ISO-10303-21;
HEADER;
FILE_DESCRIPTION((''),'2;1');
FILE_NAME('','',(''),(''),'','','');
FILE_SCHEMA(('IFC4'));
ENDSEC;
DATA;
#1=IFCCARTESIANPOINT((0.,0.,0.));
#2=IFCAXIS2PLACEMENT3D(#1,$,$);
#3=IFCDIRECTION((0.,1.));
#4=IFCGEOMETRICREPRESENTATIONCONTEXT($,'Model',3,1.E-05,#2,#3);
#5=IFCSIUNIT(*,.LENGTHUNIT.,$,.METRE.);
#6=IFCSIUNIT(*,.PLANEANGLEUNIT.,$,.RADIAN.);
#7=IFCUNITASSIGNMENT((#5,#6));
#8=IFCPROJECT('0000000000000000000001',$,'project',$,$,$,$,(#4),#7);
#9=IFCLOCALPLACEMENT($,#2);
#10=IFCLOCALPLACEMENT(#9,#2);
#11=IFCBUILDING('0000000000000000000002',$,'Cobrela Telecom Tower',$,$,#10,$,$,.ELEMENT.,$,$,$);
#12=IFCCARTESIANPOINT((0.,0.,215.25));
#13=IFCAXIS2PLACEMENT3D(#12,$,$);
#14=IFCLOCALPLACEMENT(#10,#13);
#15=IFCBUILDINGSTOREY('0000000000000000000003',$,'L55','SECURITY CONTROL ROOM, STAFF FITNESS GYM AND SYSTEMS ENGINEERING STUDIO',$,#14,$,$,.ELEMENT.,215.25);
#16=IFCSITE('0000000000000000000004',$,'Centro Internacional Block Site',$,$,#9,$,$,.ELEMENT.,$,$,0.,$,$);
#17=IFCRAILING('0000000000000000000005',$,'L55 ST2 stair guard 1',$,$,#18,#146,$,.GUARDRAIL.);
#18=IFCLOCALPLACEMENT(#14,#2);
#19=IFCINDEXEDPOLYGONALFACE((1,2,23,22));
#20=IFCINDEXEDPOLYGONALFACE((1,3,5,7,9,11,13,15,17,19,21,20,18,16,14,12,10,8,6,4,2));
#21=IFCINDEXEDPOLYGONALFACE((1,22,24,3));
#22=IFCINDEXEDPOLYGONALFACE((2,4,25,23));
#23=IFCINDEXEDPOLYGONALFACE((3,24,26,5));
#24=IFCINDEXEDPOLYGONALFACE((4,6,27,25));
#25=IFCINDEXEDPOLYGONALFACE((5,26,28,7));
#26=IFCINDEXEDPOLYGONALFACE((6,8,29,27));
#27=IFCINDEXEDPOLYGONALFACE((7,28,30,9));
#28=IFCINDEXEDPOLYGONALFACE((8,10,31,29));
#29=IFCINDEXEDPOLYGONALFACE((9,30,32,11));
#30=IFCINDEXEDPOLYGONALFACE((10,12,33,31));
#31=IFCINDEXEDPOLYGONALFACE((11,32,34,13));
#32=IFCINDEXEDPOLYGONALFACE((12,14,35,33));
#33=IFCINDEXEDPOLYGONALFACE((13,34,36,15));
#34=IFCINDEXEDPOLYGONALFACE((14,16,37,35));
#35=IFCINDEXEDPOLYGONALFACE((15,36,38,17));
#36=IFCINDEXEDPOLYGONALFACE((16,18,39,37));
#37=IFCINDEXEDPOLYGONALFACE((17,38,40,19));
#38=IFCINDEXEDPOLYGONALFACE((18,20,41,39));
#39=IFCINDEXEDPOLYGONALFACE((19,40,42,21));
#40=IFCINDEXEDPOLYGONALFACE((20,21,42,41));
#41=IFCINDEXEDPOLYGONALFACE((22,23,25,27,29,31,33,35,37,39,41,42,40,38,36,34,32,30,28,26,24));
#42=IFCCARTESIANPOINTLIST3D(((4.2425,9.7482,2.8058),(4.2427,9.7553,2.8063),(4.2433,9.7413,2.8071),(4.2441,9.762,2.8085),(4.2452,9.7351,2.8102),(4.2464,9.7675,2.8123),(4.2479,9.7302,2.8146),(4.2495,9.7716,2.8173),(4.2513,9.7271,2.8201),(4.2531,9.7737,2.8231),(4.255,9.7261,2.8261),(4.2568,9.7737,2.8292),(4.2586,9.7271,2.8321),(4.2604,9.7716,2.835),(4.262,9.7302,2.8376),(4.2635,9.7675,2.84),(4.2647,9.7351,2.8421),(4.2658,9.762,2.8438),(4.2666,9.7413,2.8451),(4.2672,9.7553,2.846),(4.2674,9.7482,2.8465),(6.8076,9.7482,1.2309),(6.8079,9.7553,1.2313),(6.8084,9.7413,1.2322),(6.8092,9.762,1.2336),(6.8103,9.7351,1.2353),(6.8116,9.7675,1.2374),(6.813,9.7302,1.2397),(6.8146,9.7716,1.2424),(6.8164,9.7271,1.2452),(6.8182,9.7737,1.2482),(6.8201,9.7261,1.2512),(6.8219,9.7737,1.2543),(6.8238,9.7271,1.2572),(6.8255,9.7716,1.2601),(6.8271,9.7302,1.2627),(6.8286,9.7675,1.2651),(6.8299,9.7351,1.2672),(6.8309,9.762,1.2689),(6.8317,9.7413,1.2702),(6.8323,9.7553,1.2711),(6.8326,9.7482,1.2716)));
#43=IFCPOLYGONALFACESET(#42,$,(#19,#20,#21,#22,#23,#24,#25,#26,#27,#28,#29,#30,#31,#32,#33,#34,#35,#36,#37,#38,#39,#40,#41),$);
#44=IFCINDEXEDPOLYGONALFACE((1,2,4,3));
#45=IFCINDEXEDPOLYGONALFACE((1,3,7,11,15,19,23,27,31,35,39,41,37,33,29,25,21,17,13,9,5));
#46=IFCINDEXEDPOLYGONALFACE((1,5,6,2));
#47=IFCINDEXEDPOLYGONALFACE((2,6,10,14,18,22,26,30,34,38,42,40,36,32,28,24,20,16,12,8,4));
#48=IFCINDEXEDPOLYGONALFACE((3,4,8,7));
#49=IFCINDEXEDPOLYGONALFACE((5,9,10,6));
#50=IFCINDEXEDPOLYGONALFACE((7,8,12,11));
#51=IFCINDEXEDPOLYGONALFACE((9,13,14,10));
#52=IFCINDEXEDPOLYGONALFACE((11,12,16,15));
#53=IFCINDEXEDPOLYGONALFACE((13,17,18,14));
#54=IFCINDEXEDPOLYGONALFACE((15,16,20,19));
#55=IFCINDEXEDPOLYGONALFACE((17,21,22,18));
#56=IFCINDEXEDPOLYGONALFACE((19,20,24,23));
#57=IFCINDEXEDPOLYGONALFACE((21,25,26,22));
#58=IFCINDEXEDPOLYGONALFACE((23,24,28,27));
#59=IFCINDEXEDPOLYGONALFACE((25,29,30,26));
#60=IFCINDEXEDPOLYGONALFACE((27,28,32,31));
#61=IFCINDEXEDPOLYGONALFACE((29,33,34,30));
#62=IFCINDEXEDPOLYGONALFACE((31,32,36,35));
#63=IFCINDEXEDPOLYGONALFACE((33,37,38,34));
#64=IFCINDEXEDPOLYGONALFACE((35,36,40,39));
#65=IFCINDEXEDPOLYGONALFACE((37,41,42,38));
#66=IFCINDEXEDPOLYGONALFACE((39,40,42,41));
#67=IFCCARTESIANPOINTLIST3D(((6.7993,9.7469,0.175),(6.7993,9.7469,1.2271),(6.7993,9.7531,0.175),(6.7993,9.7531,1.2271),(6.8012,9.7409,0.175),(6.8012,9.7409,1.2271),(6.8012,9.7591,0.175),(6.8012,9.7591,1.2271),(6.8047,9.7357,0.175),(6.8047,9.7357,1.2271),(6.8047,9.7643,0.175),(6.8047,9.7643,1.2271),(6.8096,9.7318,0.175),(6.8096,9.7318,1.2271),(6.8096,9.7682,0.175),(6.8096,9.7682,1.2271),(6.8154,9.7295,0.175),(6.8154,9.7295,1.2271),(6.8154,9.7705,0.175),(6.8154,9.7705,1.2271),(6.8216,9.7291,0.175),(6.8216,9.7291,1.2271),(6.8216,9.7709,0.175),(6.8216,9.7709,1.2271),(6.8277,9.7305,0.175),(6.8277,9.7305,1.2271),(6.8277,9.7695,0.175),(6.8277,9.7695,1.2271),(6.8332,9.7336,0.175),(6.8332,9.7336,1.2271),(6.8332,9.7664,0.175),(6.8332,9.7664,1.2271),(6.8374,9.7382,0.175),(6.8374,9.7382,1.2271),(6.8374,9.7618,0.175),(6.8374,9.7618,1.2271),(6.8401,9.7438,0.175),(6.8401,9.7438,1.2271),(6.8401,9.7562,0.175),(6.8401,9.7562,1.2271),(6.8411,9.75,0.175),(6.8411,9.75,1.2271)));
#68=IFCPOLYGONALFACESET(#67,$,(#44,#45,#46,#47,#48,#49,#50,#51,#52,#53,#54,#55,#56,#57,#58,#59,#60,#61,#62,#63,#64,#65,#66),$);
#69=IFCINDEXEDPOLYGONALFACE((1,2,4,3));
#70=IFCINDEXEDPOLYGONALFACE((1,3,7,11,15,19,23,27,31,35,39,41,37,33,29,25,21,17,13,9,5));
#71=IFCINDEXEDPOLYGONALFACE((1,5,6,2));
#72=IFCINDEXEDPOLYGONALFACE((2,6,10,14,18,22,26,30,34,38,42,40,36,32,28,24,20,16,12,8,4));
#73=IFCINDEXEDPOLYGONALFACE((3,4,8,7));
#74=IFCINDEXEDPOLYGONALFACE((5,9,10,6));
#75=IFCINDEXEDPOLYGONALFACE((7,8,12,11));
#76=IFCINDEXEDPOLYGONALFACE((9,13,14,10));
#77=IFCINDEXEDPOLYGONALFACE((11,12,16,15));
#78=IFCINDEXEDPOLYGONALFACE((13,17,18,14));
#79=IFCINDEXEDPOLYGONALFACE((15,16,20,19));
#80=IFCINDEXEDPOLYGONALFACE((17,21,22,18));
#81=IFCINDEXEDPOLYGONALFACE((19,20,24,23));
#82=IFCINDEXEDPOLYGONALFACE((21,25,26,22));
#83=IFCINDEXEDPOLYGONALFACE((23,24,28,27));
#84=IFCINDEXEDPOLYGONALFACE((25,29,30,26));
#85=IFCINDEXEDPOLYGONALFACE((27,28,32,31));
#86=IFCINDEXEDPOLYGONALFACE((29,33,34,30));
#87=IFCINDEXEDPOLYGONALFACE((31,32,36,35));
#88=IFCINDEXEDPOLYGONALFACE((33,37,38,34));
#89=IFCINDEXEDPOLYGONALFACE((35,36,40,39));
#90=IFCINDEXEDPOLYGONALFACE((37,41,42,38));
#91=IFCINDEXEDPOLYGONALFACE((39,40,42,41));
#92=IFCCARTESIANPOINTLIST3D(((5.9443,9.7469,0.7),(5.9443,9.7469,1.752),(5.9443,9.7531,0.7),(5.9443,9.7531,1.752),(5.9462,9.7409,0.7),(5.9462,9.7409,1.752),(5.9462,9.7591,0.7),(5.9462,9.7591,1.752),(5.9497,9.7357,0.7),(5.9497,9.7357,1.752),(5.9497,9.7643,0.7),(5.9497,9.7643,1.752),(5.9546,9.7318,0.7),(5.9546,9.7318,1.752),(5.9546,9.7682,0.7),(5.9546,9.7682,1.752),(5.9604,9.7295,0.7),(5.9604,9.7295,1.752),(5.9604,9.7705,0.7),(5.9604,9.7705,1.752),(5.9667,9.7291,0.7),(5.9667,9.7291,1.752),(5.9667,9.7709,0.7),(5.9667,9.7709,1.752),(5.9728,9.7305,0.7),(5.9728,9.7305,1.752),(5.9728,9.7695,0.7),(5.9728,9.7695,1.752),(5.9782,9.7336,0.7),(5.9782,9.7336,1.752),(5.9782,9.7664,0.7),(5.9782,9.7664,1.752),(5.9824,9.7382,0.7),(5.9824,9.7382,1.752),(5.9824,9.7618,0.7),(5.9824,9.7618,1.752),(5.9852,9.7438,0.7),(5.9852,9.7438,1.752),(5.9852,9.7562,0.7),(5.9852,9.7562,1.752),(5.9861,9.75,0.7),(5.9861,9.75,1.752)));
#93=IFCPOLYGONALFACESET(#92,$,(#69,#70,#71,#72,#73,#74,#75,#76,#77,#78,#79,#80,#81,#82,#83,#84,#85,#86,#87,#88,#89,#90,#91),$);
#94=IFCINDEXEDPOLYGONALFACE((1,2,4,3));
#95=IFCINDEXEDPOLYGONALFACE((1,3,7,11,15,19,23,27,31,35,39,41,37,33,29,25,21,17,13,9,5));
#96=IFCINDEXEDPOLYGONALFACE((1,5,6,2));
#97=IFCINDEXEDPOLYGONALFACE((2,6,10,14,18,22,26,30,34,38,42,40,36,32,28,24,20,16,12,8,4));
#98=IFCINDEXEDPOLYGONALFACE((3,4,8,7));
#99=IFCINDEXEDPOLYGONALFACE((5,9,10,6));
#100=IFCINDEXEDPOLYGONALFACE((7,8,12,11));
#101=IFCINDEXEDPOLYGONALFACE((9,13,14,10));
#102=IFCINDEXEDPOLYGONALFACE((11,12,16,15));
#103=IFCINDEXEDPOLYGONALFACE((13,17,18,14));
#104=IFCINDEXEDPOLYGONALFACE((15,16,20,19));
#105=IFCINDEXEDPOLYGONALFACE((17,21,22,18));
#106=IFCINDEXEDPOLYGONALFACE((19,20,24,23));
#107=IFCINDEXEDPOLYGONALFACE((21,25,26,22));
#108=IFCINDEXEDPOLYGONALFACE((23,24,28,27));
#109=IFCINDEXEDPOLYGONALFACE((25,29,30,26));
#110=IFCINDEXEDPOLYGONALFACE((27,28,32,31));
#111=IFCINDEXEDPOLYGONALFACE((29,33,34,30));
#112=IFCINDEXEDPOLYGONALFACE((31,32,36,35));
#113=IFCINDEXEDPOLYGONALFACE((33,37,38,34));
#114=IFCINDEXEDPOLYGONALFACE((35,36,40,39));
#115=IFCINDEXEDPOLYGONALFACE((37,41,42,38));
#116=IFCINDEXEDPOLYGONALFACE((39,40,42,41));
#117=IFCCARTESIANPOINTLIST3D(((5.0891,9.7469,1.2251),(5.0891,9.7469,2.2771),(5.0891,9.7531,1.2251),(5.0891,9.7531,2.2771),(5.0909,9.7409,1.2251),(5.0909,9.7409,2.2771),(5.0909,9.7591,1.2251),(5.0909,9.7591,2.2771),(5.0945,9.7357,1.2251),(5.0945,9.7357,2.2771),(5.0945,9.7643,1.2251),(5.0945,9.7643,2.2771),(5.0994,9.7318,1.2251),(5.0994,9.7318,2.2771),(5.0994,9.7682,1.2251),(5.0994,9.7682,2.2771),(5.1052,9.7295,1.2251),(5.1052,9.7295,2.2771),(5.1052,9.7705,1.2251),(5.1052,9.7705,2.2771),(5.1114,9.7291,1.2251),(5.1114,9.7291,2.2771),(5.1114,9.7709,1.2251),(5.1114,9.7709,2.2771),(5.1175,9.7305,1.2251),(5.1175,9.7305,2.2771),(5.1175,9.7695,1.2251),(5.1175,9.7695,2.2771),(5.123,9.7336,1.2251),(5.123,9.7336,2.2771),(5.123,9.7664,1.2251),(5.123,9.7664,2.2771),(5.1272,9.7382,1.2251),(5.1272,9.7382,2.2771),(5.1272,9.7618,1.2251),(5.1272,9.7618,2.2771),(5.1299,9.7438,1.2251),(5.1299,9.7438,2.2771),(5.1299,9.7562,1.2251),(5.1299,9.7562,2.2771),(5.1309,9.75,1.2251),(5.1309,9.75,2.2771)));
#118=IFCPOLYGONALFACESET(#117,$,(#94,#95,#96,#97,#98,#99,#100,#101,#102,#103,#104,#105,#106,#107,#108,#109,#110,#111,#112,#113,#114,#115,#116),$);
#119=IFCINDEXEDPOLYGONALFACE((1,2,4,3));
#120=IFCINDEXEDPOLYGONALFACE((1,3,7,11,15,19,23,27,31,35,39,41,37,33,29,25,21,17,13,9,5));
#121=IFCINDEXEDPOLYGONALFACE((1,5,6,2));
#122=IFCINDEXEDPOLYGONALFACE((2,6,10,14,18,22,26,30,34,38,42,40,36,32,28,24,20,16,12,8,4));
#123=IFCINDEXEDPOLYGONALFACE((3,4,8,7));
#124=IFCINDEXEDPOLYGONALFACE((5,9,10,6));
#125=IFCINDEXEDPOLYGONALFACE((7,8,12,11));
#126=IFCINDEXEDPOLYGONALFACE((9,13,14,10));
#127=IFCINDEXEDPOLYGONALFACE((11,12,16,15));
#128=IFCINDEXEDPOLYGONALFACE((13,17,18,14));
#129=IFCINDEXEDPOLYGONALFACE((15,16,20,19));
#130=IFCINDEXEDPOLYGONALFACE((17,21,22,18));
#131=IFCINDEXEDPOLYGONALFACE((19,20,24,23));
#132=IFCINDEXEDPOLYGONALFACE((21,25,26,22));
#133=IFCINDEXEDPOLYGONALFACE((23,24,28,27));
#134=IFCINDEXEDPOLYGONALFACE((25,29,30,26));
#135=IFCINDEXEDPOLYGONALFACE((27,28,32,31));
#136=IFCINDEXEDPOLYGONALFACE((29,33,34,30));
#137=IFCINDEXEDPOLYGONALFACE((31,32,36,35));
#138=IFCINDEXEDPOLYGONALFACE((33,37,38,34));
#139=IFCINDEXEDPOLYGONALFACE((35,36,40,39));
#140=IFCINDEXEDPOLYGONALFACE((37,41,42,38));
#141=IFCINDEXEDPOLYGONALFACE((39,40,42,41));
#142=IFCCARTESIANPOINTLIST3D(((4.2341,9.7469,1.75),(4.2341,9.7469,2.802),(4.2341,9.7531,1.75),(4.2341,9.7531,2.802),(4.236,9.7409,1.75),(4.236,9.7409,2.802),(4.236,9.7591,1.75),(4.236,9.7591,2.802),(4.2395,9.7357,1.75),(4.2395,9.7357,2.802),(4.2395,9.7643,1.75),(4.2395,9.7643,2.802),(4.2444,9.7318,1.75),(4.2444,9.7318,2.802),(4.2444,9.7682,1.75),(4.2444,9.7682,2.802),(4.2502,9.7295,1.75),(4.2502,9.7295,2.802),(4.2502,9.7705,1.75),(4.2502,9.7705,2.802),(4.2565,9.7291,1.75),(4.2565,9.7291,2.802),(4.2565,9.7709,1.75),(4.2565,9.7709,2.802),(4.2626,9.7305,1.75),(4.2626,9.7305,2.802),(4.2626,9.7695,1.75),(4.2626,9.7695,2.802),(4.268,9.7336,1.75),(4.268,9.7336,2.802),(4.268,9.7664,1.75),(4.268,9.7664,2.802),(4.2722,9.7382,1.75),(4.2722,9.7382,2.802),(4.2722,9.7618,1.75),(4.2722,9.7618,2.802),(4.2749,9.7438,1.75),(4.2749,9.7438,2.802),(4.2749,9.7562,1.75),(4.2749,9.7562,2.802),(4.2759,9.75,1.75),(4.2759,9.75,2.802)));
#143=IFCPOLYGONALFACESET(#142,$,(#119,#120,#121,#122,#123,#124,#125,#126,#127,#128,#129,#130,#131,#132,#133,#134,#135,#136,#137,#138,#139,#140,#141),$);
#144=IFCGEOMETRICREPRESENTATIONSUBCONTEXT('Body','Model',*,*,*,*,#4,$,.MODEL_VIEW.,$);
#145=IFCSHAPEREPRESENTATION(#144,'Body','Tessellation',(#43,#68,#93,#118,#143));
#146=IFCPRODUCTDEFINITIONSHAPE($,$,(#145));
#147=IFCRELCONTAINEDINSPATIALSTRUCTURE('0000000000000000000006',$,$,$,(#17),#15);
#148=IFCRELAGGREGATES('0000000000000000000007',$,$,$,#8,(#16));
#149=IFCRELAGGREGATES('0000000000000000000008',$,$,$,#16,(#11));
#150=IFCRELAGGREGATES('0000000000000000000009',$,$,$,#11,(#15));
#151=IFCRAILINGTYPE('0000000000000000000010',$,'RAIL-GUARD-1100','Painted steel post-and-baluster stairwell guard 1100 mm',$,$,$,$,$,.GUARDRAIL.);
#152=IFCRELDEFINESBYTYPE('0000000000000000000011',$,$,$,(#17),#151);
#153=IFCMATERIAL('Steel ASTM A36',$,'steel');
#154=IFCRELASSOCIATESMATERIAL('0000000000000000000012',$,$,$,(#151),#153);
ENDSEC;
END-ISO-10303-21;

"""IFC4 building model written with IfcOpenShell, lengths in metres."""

from ifc_helpers import new_model, si_unit, direction, frame, origin, origin_2d, place, context, subcontext, project, spatial, circle, extrude, material, type_object, element, save


model = new_model("IFC4")

# Units and contexts
model_context = context("Model", 3, precision=1e-05, world=origin(), true_north=direction((0.0, 1.0)))
body_context = subcontext(model_context, "Body", "Model", "MODEL_VIEW")
ifc_project = project(units=[si_unit("LENGTHUNIT", "METRE"), si_unit("PLANEANGLEUNIT", "RADIAN")], contexts=[model_context])

# Site, building, storey
site_placement = place(None, origin())
site = spatial("IfcSite", under=ifc_project, at=site_placement, Name="Centro Internacional Block Site", CompositionType="ELEMENT", RefElevation=0.0)
building_placement = place(site_placement, origin())
building = spatial("IfcBuilding", under=site, at=building_placement, Name="Cobrela Telecom Tower", CompositionType="ELEMENT")
storey_placement = place(building_placement, frame((0.0, 0.0, 215.25)))
storey = spatial("IfcBuildingStorey", under=building, at=storey_placement, Name="L55", Description="SECURITY CONTROL ROOM, STAFF FITNESS GYM AND SYSTEMS ENGINEERING STUDIO", CompositionType="ELEMENT", Elevation=215.25)

# Shared definitions
ifc_material_1 = material(Name="Steel ASTM A36", Category="steel")

# Railing
railing_type = type_object("IfcRailingType", Name="RAIL-GUARD-1100", Description="Painted steel post-and-baluster stairwell guard 1100 mm", PredefinedType="GUARDRAIL", material=ifc_material_1)
railing_1_placement = place(storey_placement, frame((6.8201, 9.75, 0.175)))
element("IfcRailing", 1, at=railing_1_placement, inside=storey, type_object=railing_type, Name="L55 ST2 stair guard 1", PredefinedType="GUARDRAIL", context=body_context, shape_type="SweptSolid", body=[
    extrude(circle(Radius=0.0239, at=origin_2d()), frame((0.0, 0.0, 1.0762), z_axis=(-0.852195, 0.0, 0.523224), x_axis=(0.0, -1.0, 0.0)), (0.0, 0.0, 1.0), 3.01),
    extrude(circle(Radius=0.021, at=origin_2d()), origin(), (0.0, 0.0, 1.0), 1.052),
    extrude(circle(Radius=0.021, at=origin_2d()), frame((-0.855, 0.0, 0.5249)), (0.0, 0.0, 1.0), 1.052),
    extrude(circle(Radius=0.021, at=origin_2d()), frame((-1.7102, 0.0, 1.05)), (0.0, 0.0, 1.0), 1.052),
    extrude(circle(Radius=0.021, at=origin_2d()), frame((-2.5652, 0.0, 1.575)), (0.0, 0.0, 1.0), 1.052),
])

save(model, "model.ifc")
